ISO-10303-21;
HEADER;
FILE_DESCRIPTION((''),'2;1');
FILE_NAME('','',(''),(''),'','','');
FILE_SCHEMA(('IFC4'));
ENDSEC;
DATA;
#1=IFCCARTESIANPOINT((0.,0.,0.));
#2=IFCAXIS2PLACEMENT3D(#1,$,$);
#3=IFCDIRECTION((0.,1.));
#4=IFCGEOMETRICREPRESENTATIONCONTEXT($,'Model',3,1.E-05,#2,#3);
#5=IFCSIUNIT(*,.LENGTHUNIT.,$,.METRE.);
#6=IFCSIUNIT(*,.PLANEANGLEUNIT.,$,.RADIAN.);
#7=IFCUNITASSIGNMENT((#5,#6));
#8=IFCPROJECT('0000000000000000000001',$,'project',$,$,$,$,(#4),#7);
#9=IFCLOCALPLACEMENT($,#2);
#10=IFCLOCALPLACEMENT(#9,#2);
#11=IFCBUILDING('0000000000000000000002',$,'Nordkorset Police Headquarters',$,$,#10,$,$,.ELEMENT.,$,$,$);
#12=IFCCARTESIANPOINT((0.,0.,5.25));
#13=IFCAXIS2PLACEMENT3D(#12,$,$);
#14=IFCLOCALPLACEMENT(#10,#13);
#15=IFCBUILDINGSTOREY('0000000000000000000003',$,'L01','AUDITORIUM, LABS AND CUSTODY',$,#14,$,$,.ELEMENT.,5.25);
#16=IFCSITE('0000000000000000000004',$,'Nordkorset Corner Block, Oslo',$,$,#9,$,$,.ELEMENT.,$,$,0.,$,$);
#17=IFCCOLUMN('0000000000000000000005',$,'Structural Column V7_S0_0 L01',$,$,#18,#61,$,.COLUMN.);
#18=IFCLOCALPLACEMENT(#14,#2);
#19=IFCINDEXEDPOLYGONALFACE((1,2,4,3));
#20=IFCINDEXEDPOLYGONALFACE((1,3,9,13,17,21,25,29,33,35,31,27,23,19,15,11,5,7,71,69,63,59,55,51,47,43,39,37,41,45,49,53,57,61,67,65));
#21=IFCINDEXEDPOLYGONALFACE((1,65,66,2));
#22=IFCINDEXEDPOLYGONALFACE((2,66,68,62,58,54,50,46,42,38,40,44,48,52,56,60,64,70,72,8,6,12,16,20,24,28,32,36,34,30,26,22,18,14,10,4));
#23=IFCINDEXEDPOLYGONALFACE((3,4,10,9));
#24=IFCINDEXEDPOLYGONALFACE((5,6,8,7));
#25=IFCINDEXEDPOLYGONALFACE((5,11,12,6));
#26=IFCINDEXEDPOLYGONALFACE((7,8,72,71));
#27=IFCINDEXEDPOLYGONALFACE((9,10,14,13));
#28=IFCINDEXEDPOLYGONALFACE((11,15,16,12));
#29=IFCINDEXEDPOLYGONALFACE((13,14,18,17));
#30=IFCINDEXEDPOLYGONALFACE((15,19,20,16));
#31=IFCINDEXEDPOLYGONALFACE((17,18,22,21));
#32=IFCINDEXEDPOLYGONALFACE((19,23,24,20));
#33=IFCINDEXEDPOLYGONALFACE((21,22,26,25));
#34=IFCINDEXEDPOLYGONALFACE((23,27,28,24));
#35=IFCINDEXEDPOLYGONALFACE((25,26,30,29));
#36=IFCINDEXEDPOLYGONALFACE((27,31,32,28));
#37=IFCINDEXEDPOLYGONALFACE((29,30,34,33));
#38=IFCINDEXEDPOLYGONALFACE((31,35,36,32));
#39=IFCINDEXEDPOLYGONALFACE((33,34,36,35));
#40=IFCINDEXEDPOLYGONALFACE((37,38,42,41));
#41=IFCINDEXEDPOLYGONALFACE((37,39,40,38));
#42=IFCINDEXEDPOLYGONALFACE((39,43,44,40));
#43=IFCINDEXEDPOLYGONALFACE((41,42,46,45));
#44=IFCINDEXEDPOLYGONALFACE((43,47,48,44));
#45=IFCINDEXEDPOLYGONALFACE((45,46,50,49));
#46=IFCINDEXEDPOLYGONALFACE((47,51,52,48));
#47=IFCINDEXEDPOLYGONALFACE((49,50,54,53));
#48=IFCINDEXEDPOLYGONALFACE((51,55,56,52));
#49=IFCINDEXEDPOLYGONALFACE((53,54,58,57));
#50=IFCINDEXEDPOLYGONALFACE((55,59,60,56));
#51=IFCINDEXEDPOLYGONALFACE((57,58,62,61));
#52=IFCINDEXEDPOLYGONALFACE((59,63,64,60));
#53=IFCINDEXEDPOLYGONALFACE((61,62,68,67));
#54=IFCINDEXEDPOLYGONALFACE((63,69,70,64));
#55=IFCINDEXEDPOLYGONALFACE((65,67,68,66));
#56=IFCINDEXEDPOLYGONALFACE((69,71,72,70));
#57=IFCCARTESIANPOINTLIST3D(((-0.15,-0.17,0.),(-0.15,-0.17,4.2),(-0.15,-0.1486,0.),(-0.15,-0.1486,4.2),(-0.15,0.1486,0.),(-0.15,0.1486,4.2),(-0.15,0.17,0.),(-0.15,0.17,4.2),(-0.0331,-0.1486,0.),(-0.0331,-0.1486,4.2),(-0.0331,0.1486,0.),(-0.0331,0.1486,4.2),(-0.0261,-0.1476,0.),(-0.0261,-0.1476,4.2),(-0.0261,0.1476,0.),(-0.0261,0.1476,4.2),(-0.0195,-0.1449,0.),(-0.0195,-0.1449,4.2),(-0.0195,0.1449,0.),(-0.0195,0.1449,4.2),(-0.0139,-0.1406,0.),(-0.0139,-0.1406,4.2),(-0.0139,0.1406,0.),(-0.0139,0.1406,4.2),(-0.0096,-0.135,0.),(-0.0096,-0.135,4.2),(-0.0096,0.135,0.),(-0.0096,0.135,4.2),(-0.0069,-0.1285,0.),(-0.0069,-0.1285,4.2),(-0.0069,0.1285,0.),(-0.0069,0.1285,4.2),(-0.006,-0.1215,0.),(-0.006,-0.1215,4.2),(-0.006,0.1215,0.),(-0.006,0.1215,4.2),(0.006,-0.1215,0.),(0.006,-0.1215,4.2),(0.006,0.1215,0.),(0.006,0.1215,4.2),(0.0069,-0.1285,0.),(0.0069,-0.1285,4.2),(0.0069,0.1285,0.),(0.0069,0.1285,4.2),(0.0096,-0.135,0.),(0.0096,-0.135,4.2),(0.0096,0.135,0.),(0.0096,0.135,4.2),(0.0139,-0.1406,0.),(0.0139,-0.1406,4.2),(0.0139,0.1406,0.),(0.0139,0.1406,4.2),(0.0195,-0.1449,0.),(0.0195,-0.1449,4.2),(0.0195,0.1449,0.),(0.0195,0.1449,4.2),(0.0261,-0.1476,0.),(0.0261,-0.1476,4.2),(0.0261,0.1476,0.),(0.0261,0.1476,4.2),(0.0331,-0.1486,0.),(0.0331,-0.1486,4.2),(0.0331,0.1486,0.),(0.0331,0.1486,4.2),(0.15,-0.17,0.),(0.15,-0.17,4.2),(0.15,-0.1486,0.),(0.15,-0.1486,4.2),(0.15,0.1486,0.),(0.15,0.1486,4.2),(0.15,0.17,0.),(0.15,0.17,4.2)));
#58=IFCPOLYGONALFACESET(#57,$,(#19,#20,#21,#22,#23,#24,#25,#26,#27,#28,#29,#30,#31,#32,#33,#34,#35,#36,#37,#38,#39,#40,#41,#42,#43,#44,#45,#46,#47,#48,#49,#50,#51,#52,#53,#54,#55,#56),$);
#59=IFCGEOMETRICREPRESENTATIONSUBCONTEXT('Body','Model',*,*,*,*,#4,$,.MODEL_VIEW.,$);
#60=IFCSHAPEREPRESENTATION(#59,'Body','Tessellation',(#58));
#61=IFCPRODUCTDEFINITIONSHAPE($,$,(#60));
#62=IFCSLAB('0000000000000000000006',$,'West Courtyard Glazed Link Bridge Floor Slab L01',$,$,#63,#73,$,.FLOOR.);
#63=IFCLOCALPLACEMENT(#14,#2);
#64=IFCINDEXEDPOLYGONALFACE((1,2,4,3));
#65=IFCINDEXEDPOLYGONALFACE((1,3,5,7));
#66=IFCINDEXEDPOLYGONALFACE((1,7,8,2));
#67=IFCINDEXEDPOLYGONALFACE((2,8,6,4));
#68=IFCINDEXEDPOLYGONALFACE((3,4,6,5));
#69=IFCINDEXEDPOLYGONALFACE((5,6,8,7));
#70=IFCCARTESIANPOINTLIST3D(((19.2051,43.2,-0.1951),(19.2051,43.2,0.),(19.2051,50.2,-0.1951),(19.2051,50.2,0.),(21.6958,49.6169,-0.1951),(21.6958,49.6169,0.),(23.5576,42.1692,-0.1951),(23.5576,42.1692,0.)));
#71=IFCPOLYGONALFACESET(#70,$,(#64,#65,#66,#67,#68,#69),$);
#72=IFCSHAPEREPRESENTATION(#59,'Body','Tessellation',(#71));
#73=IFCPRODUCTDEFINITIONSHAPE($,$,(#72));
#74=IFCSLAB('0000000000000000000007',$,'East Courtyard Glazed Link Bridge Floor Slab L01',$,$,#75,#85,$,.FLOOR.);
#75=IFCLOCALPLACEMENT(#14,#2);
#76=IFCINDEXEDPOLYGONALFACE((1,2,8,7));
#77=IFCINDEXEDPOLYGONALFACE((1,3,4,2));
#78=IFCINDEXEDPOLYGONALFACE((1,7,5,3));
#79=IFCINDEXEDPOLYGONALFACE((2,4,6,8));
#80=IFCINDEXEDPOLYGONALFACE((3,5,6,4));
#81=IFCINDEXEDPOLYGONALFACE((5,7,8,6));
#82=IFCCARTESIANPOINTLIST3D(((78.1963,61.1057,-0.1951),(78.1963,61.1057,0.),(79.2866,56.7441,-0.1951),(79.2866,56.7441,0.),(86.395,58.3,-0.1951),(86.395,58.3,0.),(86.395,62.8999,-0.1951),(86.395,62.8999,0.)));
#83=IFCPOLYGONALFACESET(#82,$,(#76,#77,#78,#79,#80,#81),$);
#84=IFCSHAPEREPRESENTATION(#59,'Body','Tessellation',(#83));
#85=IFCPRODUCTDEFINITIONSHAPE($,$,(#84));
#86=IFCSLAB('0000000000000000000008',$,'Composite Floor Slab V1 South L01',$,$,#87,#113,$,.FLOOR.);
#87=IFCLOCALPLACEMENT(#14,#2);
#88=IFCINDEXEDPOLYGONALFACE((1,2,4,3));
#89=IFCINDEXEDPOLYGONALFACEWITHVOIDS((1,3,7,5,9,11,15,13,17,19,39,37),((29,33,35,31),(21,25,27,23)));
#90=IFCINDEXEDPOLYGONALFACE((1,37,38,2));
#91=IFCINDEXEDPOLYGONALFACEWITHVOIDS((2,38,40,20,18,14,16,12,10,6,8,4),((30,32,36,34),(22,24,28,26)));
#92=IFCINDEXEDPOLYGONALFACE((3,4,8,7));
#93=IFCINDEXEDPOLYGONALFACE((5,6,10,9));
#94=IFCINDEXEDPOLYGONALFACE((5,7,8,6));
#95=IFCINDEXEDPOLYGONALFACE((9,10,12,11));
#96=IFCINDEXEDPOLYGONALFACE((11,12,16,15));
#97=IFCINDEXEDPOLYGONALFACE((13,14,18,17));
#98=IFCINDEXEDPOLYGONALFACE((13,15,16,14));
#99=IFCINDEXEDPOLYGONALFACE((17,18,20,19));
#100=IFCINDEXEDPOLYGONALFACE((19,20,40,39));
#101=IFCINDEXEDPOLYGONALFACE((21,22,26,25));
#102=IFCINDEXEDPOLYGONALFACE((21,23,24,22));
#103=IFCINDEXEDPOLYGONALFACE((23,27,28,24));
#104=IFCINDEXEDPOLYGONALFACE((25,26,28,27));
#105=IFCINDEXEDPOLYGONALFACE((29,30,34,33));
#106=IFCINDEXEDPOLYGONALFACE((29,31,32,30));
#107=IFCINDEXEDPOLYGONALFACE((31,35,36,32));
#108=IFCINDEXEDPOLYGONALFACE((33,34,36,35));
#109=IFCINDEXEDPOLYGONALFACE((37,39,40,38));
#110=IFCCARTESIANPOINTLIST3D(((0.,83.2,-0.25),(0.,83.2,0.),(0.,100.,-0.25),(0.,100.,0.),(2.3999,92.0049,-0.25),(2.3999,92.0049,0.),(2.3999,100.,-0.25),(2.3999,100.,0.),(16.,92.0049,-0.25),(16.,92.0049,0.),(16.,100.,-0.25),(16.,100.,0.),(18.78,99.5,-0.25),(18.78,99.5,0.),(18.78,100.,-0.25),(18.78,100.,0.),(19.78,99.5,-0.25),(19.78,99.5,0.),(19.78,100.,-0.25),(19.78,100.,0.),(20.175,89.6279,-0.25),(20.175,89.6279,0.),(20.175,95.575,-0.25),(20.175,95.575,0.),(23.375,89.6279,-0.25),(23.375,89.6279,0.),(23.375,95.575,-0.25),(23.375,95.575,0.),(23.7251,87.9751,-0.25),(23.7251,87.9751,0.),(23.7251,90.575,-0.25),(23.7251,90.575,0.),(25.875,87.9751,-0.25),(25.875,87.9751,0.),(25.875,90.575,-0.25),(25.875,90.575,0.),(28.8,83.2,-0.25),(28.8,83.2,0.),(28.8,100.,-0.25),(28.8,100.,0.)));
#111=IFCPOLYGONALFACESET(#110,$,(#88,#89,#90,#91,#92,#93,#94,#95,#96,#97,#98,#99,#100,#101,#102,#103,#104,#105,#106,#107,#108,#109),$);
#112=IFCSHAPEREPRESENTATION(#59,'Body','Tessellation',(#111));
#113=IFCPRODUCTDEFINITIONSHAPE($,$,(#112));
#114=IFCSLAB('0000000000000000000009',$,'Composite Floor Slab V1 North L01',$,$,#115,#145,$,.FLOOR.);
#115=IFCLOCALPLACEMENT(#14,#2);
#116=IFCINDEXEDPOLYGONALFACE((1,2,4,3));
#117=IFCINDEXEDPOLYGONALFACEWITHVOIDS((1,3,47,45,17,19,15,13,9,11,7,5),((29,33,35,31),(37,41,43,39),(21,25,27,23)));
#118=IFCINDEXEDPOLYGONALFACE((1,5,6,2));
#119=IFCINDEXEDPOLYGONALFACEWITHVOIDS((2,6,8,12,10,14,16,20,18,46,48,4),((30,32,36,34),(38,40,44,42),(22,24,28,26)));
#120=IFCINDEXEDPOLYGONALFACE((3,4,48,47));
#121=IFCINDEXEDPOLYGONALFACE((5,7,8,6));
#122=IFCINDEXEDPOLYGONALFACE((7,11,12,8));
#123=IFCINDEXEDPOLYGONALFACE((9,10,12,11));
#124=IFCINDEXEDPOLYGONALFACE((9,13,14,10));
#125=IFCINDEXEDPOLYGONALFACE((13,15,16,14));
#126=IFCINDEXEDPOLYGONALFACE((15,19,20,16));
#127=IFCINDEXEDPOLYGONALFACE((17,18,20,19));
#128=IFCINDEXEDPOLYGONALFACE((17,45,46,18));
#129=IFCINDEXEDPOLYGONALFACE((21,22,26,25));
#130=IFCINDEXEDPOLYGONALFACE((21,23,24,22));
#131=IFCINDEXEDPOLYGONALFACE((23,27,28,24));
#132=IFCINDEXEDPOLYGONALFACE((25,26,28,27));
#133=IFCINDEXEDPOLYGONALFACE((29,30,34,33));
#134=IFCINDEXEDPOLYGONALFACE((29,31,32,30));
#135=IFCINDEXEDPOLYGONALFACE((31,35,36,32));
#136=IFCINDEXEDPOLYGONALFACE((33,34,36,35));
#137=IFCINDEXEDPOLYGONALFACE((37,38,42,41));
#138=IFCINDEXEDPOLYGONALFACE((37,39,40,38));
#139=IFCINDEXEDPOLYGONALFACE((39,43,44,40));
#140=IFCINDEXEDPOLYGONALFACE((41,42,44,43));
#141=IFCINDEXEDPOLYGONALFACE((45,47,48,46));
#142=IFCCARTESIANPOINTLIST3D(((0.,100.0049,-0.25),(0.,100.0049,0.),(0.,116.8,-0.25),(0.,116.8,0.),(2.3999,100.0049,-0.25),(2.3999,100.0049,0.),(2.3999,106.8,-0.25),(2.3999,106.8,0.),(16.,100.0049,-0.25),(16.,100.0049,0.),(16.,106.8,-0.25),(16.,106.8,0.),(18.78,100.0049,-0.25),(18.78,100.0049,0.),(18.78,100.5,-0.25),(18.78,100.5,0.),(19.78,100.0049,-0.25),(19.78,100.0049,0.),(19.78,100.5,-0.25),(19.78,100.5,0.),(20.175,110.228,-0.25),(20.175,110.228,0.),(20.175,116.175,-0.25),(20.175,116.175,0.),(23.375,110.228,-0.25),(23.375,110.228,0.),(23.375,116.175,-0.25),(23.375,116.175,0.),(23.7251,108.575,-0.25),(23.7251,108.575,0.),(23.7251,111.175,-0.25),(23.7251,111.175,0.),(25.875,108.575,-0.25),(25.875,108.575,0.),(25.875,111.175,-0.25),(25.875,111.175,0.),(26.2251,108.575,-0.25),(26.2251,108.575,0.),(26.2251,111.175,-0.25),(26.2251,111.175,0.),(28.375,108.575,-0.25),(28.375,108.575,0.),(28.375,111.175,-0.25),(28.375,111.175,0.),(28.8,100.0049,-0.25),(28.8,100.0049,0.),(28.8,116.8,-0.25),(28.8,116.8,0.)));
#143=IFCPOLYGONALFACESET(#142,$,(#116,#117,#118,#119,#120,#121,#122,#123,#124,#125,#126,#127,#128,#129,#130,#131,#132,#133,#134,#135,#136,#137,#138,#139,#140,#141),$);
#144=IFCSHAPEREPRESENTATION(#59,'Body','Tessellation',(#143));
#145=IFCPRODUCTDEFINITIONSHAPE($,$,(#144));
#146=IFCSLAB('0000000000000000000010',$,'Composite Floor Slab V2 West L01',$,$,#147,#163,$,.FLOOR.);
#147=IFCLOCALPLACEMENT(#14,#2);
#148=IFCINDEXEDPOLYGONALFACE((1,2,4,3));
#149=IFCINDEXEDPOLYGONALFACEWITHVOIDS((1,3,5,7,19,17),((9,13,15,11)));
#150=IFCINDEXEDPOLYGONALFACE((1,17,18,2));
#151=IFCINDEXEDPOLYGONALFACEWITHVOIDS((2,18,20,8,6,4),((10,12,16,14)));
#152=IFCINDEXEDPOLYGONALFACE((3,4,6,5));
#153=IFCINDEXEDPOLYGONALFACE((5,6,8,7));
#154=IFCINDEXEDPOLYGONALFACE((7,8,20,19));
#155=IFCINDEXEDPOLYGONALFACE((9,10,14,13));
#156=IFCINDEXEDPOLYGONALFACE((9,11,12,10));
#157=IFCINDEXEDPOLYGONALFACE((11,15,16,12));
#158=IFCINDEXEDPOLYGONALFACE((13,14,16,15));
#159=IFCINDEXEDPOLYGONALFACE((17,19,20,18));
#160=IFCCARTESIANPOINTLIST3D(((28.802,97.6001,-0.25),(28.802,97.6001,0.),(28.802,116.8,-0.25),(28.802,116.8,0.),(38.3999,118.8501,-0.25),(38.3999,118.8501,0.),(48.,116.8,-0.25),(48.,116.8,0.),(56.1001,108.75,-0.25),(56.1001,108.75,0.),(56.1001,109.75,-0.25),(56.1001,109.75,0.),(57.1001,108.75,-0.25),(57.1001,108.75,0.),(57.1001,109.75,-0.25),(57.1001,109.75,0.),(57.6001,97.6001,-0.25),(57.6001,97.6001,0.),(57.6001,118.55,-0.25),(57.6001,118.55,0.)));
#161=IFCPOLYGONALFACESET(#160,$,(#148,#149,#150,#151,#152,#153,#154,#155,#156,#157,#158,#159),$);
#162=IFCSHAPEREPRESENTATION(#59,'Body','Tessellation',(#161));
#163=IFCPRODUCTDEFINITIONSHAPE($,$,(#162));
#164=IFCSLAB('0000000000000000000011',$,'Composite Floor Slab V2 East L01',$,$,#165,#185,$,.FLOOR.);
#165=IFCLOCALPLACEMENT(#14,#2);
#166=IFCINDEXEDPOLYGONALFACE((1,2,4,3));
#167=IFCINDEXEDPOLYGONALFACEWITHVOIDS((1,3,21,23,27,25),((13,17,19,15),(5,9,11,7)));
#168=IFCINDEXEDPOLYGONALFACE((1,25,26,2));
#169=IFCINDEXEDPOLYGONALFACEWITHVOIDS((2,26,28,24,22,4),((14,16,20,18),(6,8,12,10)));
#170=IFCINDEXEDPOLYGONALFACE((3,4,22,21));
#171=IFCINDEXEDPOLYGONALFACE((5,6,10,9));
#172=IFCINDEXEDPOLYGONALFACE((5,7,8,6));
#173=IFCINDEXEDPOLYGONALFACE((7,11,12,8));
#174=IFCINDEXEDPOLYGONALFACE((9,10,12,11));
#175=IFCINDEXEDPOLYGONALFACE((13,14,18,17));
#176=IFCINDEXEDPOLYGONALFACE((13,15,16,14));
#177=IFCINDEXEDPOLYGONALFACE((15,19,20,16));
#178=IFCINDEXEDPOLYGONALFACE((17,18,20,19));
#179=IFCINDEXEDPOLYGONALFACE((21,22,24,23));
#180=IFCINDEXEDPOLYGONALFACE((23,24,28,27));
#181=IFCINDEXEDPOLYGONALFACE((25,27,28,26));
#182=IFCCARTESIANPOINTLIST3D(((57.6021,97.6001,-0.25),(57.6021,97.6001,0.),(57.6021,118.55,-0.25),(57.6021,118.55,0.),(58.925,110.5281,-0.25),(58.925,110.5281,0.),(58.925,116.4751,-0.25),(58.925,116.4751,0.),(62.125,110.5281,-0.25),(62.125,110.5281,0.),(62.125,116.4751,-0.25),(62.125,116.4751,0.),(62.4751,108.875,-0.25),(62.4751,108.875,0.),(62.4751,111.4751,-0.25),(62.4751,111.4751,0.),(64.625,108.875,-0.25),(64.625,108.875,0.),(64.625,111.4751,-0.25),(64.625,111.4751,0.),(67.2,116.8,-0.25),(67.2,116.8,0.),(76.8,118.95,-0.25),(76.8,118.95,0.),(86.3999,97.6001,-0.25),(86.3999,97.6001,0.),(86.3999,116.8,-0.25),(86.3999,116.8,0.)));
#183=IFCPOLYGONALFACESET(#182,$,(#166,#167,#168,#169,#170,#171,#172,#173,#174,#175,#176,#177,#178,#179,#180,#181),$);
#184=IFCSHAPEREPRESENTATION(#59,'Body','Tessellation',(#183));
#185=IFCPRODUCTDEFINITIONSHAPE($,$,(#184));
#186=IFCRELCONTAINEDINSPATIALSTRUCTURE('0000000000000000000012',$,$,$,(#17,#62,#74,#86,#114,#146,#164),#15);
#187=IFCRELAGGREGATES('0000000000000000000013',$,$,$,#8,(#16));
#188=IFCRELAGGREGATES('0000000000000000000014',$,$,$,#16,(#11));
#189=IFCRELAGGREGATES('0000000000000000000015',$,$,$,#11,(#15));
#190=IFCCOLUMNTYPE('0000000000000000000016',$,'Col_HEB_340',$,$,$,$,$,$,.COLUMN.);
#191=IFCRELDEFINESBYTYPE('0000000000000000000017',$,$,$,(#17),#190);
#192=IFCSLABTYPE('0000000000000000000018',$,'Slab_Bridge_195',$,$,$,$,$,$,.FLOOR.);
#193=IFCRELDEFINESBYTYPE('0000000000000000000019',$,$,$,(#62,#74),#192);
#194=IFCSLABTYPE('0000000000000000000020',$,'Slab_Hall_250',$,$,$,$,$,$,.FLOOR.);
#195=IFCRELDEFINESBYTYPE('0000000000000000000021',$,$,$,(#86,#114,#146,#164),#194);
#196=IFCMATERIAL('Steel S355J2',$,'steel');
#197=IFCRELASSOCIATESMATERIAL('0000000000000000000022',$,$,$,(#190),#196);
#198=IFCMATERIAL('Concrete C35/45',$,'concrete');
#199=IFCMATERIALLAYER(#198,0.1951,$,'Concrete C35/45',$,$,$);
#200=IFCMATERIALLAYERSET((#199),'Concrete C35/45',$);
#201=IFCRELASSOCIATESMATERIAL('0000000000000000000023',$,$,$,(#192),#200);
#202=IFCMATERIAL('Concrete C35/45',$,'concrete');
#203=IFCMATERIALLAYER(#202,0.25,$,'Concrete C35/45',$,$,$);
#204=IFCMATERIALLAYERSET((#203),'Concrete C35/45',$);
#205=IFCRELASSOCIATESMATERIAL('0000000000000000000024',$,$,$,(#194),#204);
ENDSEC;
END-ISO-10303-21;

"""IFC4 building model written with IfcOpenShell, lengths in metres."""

from ifc_helpers import new_model, si_unit, direction, frame, origin, origin_with_axes, origin_2d, place, context, subcontext, project, spatial, polyline, i_section, outline, extrude, material, layer, layer_set, material_profile, profile_set, type_object, element, save


model = new_model("IFC4")

# Units and contexts
model_context = context("Model", 3, precision=1e-05, world=origin(), true_north=direction((0.0, 1.0)))
body_context = subcontext(model_context, "Body", "Model", "MODEL_VIEW")
ifc_project = project(units=[si_unit("LENGTHUNIT", "METRE"), si_unit("PLANEANGLEUNIT", "RADIAN")], contexts=[model_context])

# Site, building, storey
site_placement = place(None, origin())
site = spatial("IfcSite", under=ifc_project, at=site_placement, Name="Nordkorset Corner Block, Oslo", CompositionType="ELEMENT", RefElevation=0.0)
building_placement = place(site_placement, origin())
building = spatial("IfcBuilding", under=site, at=building_placement, Name="Nordkorset Police Headquarters", CompositionType="ELEMENT")
storey_placement = place(building_placement, frame((0.0, 0.0, 5.25)))
storey = spatial("IfcBuildingStorey", under=building, at=storey_placement, Name="L01", Description="AUDITORIUM, LABS AND CUSTODY", CompositionType="ELEMENT", Elevation=5.25)

# Column
ifc_material_1 = material(Name="Steel S355J2", Category="steel")
ifc_material_profile = material_profile(ifc_material_1, i_section(OverallWidth=0.3, OverallDepth=0.3401, WebThickness=0.012, FlangeThickness=0.0215, FilletRadius=0.0271, at=origin_2d()), Name="HEB 340")
ifc_profile_set = profile_set([ifc_material_profile], Name="Steel S355J2")
column_type = type_object("IfcColumnType", Name="Col_HEB_340", PredefinedType="COLUMN", material=ifc_profile_set)
column_placement = place(storey_placement, origin_with_axes())
element("IfcColumn", 1, at=column_placement, inside=storey, type_object=column_type, Name="Structural Column V7_S0_0 L01", PredefinedType="COLUMN", context=body_context, shape_type="SweptSolid", body=[
    extrude(i_section(OverallWidth=0.3, OverallDepth=0.3401, WebThickness=0.012, FlangeThickness=0.0215, FilletRadius=0.0271, at=origin_2d()), origin(), (0.0, 0.0, 1.0), 4.2),
])

# Slabs
ifc_material_2 = material(Name="Concrete C35/45", Category="concrete")
ifc_layer_1 = layer(ifc_material_2, 0.1951, Name="Concrete C35/45")
ifc_layer_set_1 = layer_set([ifc_layer_1], Name="Concrete C35/45")
slab_type_1 = type_object("IfcSlabType", Name="Slab_Bridge_195", PredefinedType="FLOOR", material=ifc_layer_set_1)
slab_1_placement = place(storey_placement, frame((0.0, 0.0, -0.1951)))
element("IfcSlab", 2, at=slab_1_placement, inside=storey, type_object=slab_type_1, Name="West Courtyard Glazed Link Bridge Floor Slab L01", PredefinedType="FLOOR", context=body_context, shape_type="SweptSolid", body=[
    extrude(outline(polyline([(19.2051, 43.2), (19.2051, 50.2), (21.6958, 49.6169), (23.5576, 42.1692), (19.2051, 43.2)])), origin(), (0.0, 0.0, 1.0), 0.1951),
])
slab_2_placement = place(storey_placement, frame((0.0, 0.0, -0.1951)))
element("IfcSlab", 3, at=slab_2_placement, inside=storey, type_object=slab_type_1, Name="East Courtyard Glazed Link Bridge Floor Slab L01", PredefinedType="FLOOR", context=body_context, shape_type="SweptSolid", body=[
    extrude(outline(polyline([(86.395, 62.8999), (86.395, 58.3), (79.2866, 56.7441), (78.1963, 61.1057), (86.395, 62.8999)])), origin(), (0.0, 0.0, 1.0), 0.1951),
])
ifc_material_3 = material(Name="Concrete C35/45", Category="concrete")
ifc_layer_2 = layer(ifc_material_3, 0.25, Name="Concrete C35/45")
ifc_layer_set_2 = layer_set([ifc_layer_2], Name="Concrete C35/45")
slab_type_2 = type_object("IfcSlabType", Name="Slab_Hall_250", PredefinedType="FLOOR", material=ifc_layer_set_2)
slab_3_placement = place(storey_placement, frame((0.0, 0.0, -0.25)))
element("IfcSlab", 4, at=slab_3_placement, inside=storey, type_object=slab_type_2, Name="Composite Floor Slab V1 South L01", PredefinedType="FLOOR", context=body_context, shape_type="SweptSolid", body=[
    extrude(outline(polyline([(19.78, 99.5), (19.78, 100.0), (28.8, 100.0), (28.8, 83.2), (0.0, 83.2), (0.0, 100.0), (2.3999, 100.0), (2.3999, 92.0049), (16.0, 92.0049), (16.0, 100.0), (18.78, 100.0), (18.78, 99.5), (19.78, 99.5)]), holes=[polyline([(20.175, 95.575), (20.175, 89.6279), (23.375, 89.6279), (23.375, 95.575), (20.175, 95.575)]), polyline([(25.875, 90.575), (23.7251, 90.575), (23.7251, 87.9751), (25.875, 87.9751), (25.875, 90.575)])]), origin(), (0.0, 0.0, 1.0), 0.25),
])
slab_4_placement = place(storey_placement, frame((0.0, 0.0, -0.25)))
element("IfcSlab", 5, at=slab_4_placement, inside=storey, type_object=slab_type_2, Name="Composite Floor Slab V1 North L01", PredefinedType="FLOOR", context=body_context, shape_type="SweptSolid", body=[
    extrude(outline(polyline([(28.8, 100.0049), (19.78, 100.0049), (19.78, 100.5), (18.78, 100.5), (18.78, 100.0049), (16.0, 100.0049), (16.0, 106.8), (2.3999, 106.8), (2.3999, 100.0049), (0.0, 100.0049), (0.0, 116.8), (28.8, 116.8), (28.8, 100.0049)]), holes=[polyline([(20.175, 110.228), (23.375, 110.228), (23.375, 116.175), (20.175, 116.175), (20.175, 110.228)]), polyline([(23.7251, 111.175), (23.7251, 108.575), (25.875, 108.575), (25.875, 111.175), (23.7251, 111.175)]), polyline([(28.375, 111.175), (26.2251, 111.175), (26.2251, 108.575), (28.375, 108.575), (28.375, 111.175)])]), origin(), (0.0, 0.0, 1.0), 0.25),
])
slab_5_placement = place(storey_placement, frame((0.0, 0.0, -0.25)))
element("IfcSlab", 6, at=slab_5_placement, inside=storey, type_object=slab_type_2, Name="Composite Floor Slab V2 West L01", PredefinedType="FLOOR", context=body_context, shape_type="SweptSolid", body=[
    extrude(outline(polyline([(28.802, 116.8), (38.3999, 118.8501), (48.0, 116.8), (57.6001, 118.55), (57.6001, 97.6001), (28.802, 97.6001), (28.802, 116.8)]), holes=[polyline([(57.1001, 109.75), (56.1001, 109.75), (56.1001, 108.75), (57.1001, 108.75), (57.1001, 109.75)])]), origin(), (0.0, 0.0, 1.0), 0.25),
])
slab_6_placement = place(storey_placement, frame((0.0, 0.0, -0.25)))
element("IfcSlab", 7, at=slab_6_placement, inside=storey, type_object=slab_type_2, Name="Composite Floor Slab V2 East L01", PredefinedType="FLOOR", context=body_context, shape_type="SweptSolid", body=[
    extrude(outline(polyline([(67.2, 116.8), (76.8, 118.95), (86.3999, 116.8), (86.3999, 97.6001), (57.6021, 97.6001), (57.6021, 118.55), (67.2, 116.8)]), holes=[polyline([(58.925, 116.4751), (58.925, 110.5281), (62.125, 110.5281), (62.125, 116.4751), (58.925, 116.4751)]), polyline([(64.625, 111.4751), (62.4751, 111.4751), (62.4751, 108.875), (64.625, 108.875), (64.625, 111.4751)])]), origin(), (0.0, 0.0, 1.0), 0.25),
])

save(model, "model.ifc")
